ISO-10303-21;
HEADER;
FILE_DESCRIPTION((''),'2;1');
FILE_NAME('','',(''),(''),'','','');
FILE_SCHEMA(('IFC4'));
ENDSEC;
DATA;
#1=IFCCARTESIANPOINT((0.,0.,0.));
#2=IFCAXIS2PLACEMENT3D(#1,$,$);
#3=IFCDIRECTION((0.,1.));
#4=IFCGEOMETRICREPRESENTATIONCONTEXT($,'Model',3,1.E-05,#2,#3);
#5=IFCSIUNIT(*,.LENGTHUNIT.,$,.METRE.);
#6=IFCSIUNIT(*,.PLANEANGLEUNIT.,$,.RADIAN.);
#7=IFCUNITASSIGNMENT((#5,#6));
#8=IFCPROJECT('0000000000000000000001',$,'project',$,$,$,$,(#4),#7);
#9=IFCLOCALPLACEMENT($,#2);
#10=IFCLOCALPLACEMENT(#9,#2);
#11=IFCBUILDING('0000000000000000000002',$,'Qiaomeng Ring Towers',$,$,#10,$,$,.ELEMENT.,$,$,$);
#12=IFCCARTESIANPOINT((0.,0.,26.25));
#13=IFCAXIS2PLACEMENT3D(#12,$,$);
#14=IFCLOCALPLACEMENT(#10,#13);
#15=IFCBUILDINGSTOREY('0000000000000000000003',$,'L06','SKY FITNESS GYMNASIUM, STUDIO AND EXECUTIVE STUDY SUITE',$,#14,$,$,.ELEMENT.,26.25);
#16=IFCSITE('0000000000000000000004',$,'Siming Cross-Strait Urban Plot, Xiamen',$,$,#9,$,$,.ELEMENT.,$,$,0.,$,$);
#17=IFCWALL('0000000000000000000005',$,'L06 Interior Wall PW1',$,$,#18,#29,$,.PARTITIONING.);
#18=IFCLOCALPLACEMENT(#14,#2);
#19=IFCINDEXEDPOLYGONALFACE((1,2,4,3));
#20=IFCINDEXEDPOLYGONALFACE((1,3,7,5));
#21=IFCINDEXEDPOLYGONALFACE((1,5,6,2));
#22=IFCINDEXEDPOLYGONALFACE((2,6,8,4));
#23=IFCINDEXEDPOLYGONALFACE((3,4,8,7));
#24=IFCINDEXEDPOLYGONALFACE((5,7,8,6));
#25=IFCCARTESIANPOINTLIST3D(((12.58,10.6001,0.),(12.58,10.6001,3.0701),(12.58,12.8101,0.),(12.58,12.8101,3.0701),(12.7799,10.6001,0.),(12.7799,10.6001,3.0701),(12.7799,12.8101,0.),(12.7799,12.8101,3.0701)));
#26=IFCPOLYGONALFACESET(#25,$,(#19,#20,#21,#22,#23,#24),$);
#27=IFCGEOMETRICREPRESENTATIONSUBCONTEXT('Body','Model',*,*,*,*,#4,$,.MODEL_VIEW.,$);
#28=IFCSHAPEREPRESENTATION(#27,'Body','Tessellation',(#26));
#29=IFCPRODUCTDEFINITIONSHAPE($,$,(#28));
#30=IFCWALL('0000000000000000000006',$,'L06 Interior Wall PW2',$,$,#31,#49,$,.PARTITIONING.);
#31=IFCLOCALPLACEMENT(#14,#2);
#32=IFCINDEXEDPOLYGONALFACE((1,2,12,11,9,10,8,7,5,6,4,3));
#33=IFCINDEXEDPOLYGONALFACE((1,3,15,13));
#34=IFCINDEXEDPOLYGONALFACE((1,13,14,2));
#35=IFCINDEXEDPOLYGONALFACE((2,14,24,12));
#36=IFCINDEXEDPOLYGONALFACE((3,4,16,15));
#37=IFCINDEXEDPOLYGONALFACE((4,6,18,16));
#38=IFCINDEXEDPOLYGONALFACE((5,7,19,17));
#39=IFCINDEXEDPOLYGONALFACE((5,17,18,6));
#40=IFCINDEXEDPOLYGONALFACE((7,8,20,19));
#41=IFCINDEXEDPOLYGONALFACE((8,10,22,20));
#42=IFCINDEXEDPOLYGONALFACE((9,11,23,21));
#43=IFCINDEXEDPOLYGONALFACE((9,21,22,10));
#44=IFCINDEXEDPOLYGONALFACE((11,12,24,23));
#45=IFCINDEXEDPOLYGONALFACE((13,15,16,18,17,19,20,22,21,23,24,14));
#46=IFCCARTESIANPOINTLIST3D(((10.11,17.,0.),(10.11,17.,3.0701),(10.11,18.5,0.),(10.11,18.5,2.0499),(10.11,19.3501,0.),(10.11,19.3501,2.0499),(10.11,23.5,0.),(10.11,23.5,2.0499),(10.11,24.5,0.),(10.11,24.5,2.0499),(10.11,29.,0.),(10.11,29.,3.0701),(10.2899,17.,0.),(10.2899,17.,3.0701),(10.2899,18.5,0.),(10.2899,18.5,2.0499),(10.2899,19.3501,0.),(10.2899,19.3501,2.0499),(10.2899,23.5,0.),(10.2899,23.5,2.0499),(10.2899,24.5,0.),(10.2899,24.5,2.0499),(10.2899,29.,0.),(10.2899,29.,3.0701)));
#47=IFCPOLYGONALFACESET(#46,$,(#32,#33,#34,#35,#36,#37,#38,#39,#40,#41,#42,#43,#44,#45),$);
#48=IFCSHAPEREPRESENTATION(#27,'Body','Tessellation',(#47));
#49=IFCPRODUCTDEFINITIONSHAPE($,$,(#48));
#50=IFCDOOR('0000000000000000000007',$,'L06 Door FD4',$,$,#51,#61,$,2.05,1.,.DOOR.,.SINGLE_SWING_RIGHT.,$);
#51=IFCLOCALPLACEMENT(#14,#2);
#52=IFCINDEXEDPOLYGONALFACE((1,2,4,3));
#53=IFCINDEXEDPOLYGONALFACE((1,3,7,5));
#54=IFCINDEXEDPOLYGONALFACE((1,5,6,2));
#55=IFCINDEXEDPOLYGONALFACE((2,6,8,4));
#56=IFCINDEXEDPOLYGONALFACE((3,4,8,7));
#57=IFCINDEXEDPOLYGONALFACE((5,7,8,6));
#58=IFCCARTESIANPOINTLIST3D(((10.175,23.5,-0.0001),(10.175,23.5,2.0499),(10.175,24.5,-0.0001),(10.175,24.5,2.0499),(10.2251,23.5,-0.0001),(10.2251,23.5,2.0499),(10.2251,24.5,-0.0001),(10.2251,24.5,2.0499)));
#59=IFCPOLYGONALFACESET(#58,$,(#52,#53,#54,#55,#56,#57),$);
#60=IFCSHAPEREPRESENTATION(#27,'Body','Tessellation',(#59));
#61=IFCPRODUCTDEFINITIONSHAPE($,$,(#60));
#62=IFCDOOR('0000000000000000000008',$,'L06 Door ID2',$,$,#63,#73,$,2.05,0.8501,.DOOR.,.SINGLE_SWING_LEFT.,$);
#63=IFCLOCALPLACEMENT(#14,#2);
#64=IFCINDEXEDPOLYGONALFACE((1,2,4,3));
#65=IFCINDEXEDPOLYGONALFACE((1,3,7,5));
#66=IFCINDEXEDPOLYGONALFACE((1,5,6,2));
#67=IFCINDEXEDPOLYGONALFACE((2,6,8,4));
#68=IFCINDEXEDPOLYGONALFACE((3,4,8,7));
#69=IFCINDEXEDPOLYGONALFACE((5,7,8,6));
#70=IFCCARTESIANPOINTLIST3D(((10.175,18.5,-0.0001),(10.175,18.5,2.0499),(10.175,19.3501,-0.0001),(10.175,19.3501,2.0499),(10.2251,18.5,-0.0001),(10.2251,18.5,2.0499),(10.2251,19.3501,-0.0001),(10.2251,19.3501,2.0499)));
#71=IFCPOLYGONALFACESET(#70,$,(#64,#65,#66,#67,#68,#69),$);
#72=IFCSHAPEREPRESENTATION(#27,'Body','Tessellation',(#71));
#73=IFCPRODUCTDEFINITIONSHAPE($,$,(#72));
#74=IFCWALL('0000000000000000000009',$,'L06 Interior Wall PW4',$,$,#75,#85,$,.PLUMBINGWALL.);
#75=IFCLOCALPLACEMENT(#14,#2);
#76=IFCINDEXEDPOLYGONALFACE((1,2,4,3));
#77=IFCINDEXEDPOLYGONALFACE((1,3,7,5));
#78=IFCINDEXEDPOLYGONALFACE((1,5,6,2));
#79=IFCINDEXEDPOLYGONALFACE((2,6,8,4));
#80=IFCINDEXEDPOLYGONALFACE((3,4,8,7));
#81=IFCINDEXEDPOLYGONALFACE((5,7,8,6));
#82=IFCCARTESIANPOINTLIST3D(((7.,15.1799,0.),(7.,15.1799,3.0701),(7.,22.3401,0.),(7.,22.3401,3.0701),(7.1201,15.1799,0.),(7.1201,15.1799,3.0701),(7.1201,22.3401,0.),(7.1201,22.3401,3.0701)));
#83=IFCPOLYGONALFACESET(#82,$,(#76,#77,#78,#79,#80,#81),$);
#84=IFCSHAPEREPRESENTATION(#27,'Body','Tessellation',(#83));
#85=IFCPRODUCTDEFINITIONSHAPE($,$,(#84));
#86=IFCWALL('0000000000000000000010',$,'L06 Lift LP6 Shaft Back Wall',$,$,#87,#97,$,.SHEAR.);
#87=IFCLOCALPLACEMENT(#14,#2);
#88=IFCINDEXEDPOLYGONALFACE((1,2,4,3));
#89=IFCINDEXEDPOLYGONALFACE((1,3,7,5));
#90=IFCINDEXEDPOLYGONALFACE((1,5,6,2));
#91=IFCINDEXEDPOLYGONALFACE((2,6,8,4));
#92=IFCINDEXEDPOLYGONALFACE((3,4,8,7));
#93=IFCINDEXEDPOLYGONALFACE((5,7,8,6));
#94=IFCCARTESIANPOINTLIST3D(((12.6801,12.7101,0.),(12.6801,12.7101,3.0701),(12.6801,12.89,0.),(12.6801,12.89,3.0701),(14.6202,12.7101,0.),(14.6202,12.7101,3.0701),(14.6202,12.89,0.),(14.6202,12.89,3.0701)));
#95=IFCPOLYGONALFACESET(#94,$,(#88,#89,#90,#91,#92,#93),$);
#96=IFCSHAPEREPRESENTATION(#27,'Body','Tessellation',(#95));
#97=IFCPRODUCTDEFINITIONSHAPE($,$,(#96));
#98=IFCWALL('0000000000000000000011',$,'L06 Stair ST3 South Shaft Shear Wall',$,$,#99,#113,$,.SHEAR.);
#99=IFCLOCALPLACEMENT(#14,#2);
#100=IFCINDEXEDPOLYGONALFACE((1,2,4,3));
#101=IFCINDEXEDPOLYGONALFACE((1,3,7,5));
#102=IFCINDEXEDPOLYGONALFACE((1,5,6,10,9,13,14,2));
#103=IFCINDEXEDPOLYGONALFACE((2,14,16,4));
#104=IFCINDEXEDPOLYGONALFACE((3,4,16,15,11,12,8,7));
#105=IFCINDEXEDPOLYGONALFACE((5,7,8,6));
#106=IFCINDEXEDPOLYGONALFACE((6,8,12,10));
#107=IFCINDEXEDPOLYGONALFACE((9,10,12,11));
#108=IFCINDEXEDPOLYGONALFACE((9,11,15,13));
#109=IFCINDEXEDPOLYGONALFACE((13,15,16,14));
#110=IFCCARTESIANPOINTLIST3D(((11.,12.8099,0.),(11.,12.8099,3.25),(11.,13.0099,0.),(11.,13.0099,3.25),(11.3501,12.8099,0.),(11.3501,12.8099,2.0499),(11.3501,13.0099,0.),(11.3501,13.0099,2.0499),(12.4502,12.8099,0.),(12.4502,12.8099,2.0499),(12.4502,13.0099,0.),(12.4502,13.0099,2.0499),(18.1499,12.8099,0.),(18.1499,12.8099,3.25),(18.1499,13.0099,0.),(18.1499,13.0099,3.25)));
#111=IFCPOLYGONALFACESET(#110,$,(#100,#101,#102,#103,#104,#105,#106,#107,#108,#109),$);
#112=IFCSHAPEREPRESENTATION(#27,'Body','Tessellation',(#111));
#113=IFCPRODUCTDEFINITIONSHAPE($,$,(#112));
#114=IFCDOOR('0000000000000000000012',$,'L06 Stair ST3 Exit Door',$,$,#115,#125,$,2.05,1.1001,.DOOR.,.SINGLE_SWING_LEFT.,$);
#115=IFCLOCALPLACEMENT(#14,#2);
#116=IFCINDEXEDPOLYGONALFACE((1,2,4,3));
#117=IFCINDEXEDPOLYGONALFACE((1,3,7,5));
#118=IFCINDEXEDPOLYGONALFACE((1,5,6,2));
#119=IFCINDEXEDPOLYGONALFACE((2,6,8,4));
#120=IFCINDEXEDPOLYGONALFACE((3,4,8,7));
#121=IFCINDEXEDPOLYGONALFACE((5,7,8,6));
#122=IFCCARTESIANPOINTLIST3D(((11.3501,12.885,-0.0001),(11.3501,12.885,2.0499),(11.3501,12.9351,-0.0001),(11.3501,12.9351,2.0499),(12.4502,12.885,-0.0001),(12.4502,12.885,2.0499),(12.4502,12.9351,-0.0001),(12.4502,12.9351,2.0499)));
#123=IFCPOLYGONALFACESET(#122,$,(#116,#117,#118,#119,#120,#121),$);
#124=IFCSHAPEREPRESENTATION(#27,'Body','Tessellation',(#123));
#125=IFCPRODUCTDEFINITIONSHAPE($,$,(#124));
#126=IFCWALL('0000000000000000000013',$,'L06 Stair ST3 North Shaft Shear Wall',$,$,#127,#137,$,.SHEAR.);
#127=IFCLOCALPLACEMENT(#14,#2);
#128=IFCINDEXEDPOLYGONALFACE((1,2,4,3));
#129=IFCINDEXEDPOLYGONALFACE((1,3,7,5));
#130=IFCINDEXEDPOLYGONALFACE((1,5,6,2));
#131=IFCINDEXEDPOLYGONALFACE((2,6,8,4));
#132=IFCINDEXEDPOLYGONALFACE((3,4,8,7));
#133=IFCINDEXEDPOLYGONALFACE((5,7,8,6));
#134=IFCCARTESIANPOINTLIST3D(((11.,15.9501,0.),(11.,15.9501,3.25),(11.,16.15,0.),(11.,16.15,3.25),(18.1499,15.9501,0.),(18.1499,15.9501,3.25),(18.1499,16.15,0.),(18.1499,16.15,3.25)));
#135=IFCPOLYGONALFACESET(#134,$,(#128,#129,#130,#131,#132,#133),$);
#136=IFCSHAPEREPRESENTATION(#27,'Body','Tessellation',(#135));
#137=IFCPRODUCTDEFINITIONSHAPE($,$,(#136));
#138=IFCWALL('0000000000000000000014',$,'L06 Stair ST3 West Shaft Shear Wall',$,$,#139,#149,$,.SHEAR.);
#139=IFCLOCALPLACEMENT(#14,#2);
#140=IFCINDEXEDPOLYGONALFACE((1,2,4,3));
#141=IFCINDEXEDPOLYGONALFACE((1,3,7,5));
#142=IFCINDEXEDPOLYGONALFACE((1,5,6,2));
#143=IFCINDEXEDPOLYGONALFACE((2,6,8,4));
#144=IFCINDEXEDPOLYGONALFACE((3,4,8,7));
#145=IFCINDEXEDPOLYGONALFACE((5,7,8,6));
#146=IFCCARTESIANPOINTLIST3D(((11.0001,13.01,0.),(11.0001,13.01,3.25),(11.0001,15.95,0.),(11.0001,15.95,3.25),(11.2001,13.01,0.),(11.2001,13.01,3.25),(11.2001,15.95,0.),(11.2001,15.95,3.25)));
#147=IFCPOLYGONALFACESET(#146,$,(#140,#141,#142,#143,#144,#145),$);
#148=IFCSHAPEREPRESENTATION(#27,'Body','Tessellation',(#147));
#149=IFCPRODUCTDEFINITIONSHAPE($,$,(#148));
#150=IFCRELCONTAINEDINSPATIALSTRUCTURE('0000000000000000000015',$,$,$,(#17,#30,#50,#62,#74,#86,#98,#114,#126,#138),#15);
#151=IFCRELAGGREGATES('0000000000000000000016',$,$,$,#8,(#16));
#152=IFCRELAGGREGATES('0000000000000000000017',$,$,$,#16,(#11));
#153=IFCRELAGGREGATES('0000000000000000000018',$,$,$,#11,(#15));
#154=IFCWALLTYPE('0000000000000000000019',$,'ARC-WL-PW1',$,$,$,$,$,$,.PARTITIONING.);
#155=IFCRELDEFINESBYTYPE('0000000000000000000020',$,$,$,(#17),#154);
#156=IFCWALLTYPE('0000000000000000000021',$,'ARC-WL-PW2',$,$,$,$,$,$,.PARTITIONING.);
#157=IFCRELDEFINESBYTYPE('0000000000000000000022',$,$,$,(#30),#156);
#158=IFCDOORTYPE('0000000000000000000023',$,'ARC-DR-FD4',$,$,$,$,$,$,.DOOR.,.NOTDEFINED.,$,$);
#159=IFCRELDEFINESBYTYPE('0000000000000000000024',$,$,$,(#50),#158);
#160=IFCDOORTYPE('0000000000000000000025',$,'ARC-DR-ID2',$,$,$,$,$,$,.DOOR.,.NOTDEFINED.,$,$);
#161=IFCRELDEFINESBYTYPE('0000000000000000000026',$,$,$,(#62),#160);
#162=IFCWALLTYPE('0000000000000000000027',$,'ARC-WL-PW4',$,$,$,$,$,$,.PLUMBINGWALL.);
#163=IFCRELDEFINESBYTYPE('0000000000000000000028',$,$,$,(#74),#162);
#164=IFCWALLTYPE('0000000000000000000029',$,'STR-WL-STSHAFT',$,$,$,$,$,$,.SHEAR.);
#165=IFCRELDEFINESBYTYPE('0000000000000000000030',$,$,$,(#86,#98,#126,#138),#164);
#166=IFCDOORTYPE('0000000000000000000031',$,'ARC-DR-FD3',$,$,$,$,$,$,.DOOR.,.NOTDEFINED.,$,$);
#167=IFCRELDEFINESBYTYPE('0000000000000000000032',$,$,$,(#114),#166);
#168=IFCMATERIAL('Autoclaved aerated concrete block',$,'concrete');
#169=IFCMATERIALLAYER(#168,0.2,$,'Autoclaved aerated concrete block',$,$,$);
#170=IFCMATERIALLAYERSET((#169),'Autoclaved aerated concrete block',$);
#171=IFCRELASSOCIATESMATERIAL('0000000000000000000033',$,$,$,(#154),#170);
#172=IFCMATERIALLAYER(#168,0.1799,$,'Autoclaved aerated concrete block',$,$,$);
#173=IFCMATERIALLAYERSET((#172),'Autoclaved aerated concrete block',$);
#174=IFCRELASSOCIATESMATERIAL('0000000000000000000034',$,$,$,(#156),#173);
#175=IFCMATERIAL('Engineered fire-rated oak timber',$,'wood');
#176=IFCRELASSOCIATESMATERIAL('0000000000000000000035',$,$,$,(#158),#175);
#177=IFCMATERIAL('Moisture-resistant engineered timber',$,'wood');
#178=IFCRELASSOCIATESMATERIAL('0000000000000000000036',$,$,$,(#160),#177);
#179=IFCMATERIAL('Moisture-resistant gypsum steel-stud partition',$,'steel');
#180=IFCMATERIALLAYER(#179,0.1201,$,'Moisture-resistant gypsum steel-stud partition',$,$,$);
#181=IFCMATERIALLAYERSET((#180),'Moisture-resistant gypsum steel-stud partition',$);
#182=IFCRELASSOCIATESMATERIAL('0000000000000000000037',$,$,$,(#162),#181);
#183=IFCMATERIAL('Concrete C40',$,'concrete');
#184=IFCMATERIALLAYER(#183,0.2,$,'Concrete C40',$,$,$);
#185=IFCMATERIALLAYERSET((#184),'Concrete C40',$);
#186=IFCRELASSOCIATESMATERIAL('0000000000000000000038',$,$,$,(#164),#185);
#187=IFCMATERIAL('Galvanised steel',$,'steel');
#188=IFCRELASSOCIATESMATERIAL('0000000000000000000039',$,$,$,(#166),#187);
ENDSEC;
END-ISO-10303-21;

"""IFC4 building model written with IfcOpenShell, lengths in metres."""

from ifc_helpers import new_model, si_unit, direction, frame, frame_2d, origin, place, context, subcontext, project, spatial, rectangle, extrude, source, transform, mapped, material, layer, layer_set, type_object, element, fill, save


model = new_model("IFC4")

# Units and contexts
model_context = context("Model", 3, precision=1e-05, world=origin(), true_north=direction((0.0, 1.0)))
body_context = subcontext(model_context, "Body", "Model", "MODEL_VIEW")
ifc_project = project(units=[si_unit("LENGTHUNIT", "METRE"), si_unit("PLANEANGLEUNIT", "RADIAN")], contexts=[model_context])

# Site, building, storey
site_placement = place(None, origin())
site = spatial("IfcSite", under=ifc_project, at=site_placement, Name="Siming Cross-Strait Urban Plot, Xiamen", CompositionType="ELEMENT", RefElevation=0.0)
building_placement = place(site_placement, origin())
building = spatial("IfcBuilding", under=site, at=building_placement, Name="Qiaomeng Ring Towers", CompositionType="ELEMENT")
storey_placement = place(building_placement, frame((0.0, 0.0, 26.25)))
storey = spatial("IfcBuildingStorey", under=building, at=storey_placement, Name="L06", Description="SKY FITNESS GYMNASIUM, STUDIO AND EXECUTIVE STUDY SUITE", CompositionType="ELEMENT", Elevation=26.25)

# Wall
ifc_material_1 = material(Name="Autoclaved aerated concrete block", Category="concrete")
ifc_layer_1 = layer(ifc_material_1, 0.2, Name="Autoclaved aerated concrete block")
ifc_layer_set_1 = layer_set([ifc_layer_1], Name="Autoclaved aerated concrete block")
wall_type_1 = type_object("IfcWallType", Name="ARC-WL-PW1", PredefinedType="PARTITIONING", material=ifc_layer_set_1)
wall_1_placement = place(storey_placement, frame((12.6799, 10.6001, 0.0), z_axis=(0.0, 0.0, 1.0), x_axis=(0.0, 1.0, 0.0)))
element("IfcWall", 1, at=wall_1_placement, inside=storey, type_object=wall_type_1, Name="L06 Interior Wall PW1", PredefinedType="PARTITIONING", context=body_context, shape_type="SweptSolid", body=[
    extrude(rectangle(XDim=2.21, YDim=0.2, at=frame_2d((1.105, 0.0))), origin(), (0.0, 0.0, 1.0), 3.0701),
])

# Wall, openings, doors
ifc_layer_2 = layer(ifc_material_1, 0.1799, Name="Autoclaved aerated concrete block")
ifc_layer_set_2 = layer_set([ifc_layer_2], Name="Autoclaved aerated concrete block")
wall_type_2 = type_object("IfcWallType", Name="ARC-WL-PW2", PredefinedType="PARTITIONING", material=ifc_layer_set_2)
wall_2_placement = place(storey_placement, frame((10.2, 17.0, 0.0), z_axis=(0.0, 0.0, 1.0), x_axis=(0.0, 1.0, 0.0)))
wall_2 = element("IfcWall", 2, at=wall_2_placement, inside=storey, type_object=wall_type_2, Name="L06 Interior Wall PW2", PredefinedType="PARTITIONING", context=body_context, shape_type="SweptSolid", body=[
    extrude(rectangle(XDim=12.0, YDim=0.1799, at=frame_2d((6.0, 0.0))), origin(), (0.0, 0.0, 1.0), 3.0701),
])
opening_1_placement = place(wall_2_placement, frame((1.5, 0.0, 0.0)))
opening_1 = element("IfcOpeningElement", 3, at=opening_1_placement, cuts=wall_2, PredefinedType="OPENING", context=body_context, shape_type="SweptSolid", body=[
    extrude(rectangle(XDim=0.8501, YDim=2.05, at=frame_2d((0.425, 1.0249))), frame((0.0, 0.0999, 0.0), z_axis=(0.0, -1.0, 0.0), x_axis=(1.0, 0.0, 0.0)), (0.0, 0.0, 1.0), 0.2),
])
opening_2_placement = place(wall_2_placement, frame((6.5, 0.0, 0.0)))
opening_2 = element("IfcOpeningElement", 4, at=opening_2_placement, cuts=wall_2, PredefinedType="OPENING", context=body_context, shape_type="SweptSolid", body=[
    extrude(rectangle(XDim=1.0, YDim=2.05, at=frame_2d((0.5, 1.0249))), frame((0.0, 0.0999, 0.0), z_axis=(0.0, -1.0, 0.0), x_axis=(1.0, 0.0, 0.0)), (0.0, 0.0, 1.0), 0.2),
])
ifc_material_2 = material(Name="Engineered fire-rated oak timber", Category="wood")
door_type_1 = type_object("IfcDoorType", Name="ARC-DR-FD4", OperationType="NOTDEFINED", PredefinedType="DOOR", material=ifc_material_2)
shared_shape_1 = source(origin(), body_context, "Body", "SweptSolid", [
    extrude(rectangle(XDim=1.0, YDim=2.05, at=frame_2d((0.5, 1.0249))), frame((0.0, 0.0249, 0.0), z_axis=(0.0, -1.0, 0.0), x_axis=(1.0, 0.0, 0.0)), (0.0, 0.0, 1.0), 0.05),
])
door_1_placement = place(opening_2_placement, origin())
door_1 = element("IfcDoor", 5, at=door_1_placement, inside=storey, type_object=door_type_1, Name="L06 Door FD4", OperationType="SINGLE_SWING_RIGHT", OverallHeight=2.05, OverallWidth=1.0, PredefinedType="DOOR", context=body_context, shape_type="MappedRepresentation", body=[
    mapped(shared_shape_1, transform((0.0, 0.0, 0.0), x_axis=(1.0, 0.0, 0.0), y_axis=(0.0, 1.0, 0.0), z_axis=(0.0, 0.0, 1.0), scale=1.0)),
])
fill(opening_2, door_1)
ifc_material_3 = material(Name="Moisture-resistant engineered timber", Category="wood")
door_type_2 = type_object("IfcDoorType", Name="ARC-DR-ID2", OperationType="NOTDEFINED", PredefinedType="DOOR", material=ifc_material_3)
shared_shape_2 = source(origin(), body_context, "Body", "SweptSolid", [
    extrude(rectangle(XDim=0.8501, YDim=2.05, at=frame_2d((0.425, 1.0249))), frame((0.0, 0.0249, 0.0), z_axis=(0.0, -1.0, 0.0), x_axis=(1.0, 0.0, 0.0)), (0.0, 0.0, 1.0), 0.05),
])
door_2_placement = place(opening_1_placement, origin())
door_2 = element("IfcDoor", 6, at=door_2_placement, inside=storey, type_object=door_type_2, Name="L06 Door ID2", OperationType="SINGLE_SWING_LEFT", OverallHeight=2.05, OverallWidth=0.8501, PredefinedType="DOOR", context=body_context, shape_type="MappedRepresentation", body=[
    mapped(shared_shape_2, transform((0.0, 0.0, 0.0), x_axis=(1.0, 0.0, 0.0), y_axis=(0.0, 1.0, 0.0), z_axis=(0.0, 0.0, 1.0), scale=1.0)),
])
fill(opening_1, door_2)

# Walls
ifc_material_4 = material(Name="Moisture-resistant gypsum steel-stud partition", Category="steel")
ifc_layer_3 = layer(ifc_material_4, 0.1201, Name="Moisture-resistant gypsum steel-stud partition")
ifc_layer_set_3 = layer_set([ifc_layer_3], Name="Moisture-resistant gypsum steel-stud partition")
wall_type_3 = type_object("IfcWallType", Name="ARC-WL-PW4", PredefinedType="PLUMBINGWALL", material=ifc_layer_set_3)
wall_3_placement = place(storey_placement, frame((7.0601, 15.1799, 0.0), z_axis=(0.0, 0.0, 1.0), x_axis=(0.0, 1.0, 0.0)))
element("IfcWall", 7, at=wall_3_placement, inside=storey, type_object=wall_type_3, Name="L06 Interior Wall PW4", PredefinedType="PLUMBINGWALL", context=body_context, shape_type="SweptSolid", body=[
    extrude(rectangle(XDim=7.1602, YDim=0.1201, at=frame_2d((3.5801, 0.0))), origin(), (0.0, 0.0, 1.0), 3.0701),
])
ifc_material_5 = material(Name="Concrete C40", Category="concrete")
ifc_layer_4 = layer(ifc_material_5, 0.2, Name="Concrete C40")
ifc_layer_set_4 = layer_set([ifc_layer_4], Name="Concrete C40")
wall_type_4 = type_object("IfcWallType", Name="STR-WL-STSHAFT", PredefinedType="SHEAR", material=ifc_layer_set_4)
wall_4_placement = place(storey_placement, frame((12.6799, 12.8, 0.0), z_axis=(0.0, 0.0, 1.0), x_axis=(1.0, 0.0, 0.0)))
element("IfcWall", 8, at=wall_4_placement, inside=storey, type_object=wall_type_4, Name="L06 Lift LP6 Shaft Back Wall", PredefinedType="SHEAR", context=body_context, shape_type="SweptSolid", body=[
    extrude(rectangle(XDim=1.9402, YDim=0.1799, at=frame_2d((0.9702, 0.0))), origin(), (0.0, 0.0, 1.0), 3.0701),
])

# Wall, opening, door
wall_5_placement = place(storey_placement, frame((11.0, 12.9099, 0.0), z_axis=(0.0, 0.0, 1.0), x_axis=(1.0, 0.0, 0.0)))
wall_5 = element("IfcWall", 9, at=wall_5_placement, inside=storey, type_object=wall_type_4, Name="L06 Stair ST3 South Shaft Shear Wall", PredefinedType="SHEAR", context=body_context, shape_type="SweptSolid", body=[
    extrude(rectangle(XDim=7.1499, YDim=0.2, at=frame_2d((3.575, 0.0))), origin(), (0.0, 0.0, 1.0), 3.25),
])
opening_3_placement = place(wall_5_placement, frame((0.3501, 0.0, 0.0)))
opening_3 = element("IfcOpeningElement", 10, at=opening_3_placement, cuts=wall_5, PredefinedType="OPENING", context=body_context, shape_type="SweptSolid", body=[
    extrude(rectangle(XDim=1.1001, YDim=2.05, at=frame_2d((0.55, 1.0249))), frame((0.0, 0.1099, 0.0), z_axis=(0.0, -1.0, 0.0), x_axis=(1.0, 0.0, 0.0)), (0.0, 0.0, 1.0), 0.22),
])
ifc_material_6 = material(Name="Galvanised steel", Category="steel")
door_type_3 = type_object("IfcDoorType", Name="ARC-DR-FD3", OperationType="NOTDEFINED", PredefinedType="DOOR", material=ifc_material_6)
shared_shape_3 = source(origin(), body_context, "Body", "SweptSolid", [
    extrude(rectangle(XDim=1.1001, YDim=2.05, at=frame_2d((0.55, 1.0249))), frame((0.0, 0.0249, 0.0), z_axis=(0.0, -1.0, 0.0), x_axis=(1.0, 0.0, 0.0)), (0.0, 0.0, 1.0), 0.05),
])
door_3_placement = place(opening_3_placement, frame((1.1001, 0.0, 0.0), z_axis=(0.0, 0.0, 1.0), x_axis=(-1.0, 0.0, 0.0)))
door_3 = element("IfcDoor", 11, at=door_3_placement, inside=storey, type_object=door_type_3, Name="L06 Stair ST3 Exit Door", OperationType="SINGLE_SWING_LEFT", OverallHeight=2.05, OverallWidth=1.1001, PredefinedType="DOOR", context=body_context, shape_type="MappedRepresentation", body=[
    mapped(shared_shape_3, transform((0.0, 0.0, 0.0), x_axis=(1.0, 0.0, 0.0), y_axis=(0.0, 1.0, 0.0), z_axis=(0.0, 0.0, 1.0), scale=1.0)),
])
fill(opening_3, door_3)

# Walls
wall_6_placement = place(storey_placement, frame((11.0, 16.05, 0.0), z_axis=(0.0, 0.0, 1.0), x_axis=(1.0, 0.0, 0.0)))
element("IfcWall", 12, at=wall_6_placement, inside=storey, type_object=wall_type_4, Name="L06 Stair ST3 North Shaft Shear Wall", PredefinedType="SHEAR", context=body_context, shape_type="SweptSolid", body=[
    extrude(rectangle(XDim=7.1499, YDim=0.2, at=frame_2d((3.575, 0.0))), origin(), (0.0, 0.0, 1.0), 3.25),
])
wall_7_placement = place(storey_placement, frame((11.1001, 13.01, 0.0), z_axis=(0.0, 0.0, 1.0), x_axis=(0.0, 1.0, 0.0)))
element("IfcWall", 13, at=wall_7_placement, inside=storey, type_object=wall_type_4, Name="L06 Stair ST3 West Shaft Shear Wall", PredefinedType="SHEAR", context=body_context, shape_type="SweptSolid", body=[
    extrude(rectangle(XDim=2.9399, YDim=0.2, at=frame_2d((1.47, 0.0))), origin(), (0.0, 0.0, 1.0), 3.25),
])

save(model, "model.ifc")
